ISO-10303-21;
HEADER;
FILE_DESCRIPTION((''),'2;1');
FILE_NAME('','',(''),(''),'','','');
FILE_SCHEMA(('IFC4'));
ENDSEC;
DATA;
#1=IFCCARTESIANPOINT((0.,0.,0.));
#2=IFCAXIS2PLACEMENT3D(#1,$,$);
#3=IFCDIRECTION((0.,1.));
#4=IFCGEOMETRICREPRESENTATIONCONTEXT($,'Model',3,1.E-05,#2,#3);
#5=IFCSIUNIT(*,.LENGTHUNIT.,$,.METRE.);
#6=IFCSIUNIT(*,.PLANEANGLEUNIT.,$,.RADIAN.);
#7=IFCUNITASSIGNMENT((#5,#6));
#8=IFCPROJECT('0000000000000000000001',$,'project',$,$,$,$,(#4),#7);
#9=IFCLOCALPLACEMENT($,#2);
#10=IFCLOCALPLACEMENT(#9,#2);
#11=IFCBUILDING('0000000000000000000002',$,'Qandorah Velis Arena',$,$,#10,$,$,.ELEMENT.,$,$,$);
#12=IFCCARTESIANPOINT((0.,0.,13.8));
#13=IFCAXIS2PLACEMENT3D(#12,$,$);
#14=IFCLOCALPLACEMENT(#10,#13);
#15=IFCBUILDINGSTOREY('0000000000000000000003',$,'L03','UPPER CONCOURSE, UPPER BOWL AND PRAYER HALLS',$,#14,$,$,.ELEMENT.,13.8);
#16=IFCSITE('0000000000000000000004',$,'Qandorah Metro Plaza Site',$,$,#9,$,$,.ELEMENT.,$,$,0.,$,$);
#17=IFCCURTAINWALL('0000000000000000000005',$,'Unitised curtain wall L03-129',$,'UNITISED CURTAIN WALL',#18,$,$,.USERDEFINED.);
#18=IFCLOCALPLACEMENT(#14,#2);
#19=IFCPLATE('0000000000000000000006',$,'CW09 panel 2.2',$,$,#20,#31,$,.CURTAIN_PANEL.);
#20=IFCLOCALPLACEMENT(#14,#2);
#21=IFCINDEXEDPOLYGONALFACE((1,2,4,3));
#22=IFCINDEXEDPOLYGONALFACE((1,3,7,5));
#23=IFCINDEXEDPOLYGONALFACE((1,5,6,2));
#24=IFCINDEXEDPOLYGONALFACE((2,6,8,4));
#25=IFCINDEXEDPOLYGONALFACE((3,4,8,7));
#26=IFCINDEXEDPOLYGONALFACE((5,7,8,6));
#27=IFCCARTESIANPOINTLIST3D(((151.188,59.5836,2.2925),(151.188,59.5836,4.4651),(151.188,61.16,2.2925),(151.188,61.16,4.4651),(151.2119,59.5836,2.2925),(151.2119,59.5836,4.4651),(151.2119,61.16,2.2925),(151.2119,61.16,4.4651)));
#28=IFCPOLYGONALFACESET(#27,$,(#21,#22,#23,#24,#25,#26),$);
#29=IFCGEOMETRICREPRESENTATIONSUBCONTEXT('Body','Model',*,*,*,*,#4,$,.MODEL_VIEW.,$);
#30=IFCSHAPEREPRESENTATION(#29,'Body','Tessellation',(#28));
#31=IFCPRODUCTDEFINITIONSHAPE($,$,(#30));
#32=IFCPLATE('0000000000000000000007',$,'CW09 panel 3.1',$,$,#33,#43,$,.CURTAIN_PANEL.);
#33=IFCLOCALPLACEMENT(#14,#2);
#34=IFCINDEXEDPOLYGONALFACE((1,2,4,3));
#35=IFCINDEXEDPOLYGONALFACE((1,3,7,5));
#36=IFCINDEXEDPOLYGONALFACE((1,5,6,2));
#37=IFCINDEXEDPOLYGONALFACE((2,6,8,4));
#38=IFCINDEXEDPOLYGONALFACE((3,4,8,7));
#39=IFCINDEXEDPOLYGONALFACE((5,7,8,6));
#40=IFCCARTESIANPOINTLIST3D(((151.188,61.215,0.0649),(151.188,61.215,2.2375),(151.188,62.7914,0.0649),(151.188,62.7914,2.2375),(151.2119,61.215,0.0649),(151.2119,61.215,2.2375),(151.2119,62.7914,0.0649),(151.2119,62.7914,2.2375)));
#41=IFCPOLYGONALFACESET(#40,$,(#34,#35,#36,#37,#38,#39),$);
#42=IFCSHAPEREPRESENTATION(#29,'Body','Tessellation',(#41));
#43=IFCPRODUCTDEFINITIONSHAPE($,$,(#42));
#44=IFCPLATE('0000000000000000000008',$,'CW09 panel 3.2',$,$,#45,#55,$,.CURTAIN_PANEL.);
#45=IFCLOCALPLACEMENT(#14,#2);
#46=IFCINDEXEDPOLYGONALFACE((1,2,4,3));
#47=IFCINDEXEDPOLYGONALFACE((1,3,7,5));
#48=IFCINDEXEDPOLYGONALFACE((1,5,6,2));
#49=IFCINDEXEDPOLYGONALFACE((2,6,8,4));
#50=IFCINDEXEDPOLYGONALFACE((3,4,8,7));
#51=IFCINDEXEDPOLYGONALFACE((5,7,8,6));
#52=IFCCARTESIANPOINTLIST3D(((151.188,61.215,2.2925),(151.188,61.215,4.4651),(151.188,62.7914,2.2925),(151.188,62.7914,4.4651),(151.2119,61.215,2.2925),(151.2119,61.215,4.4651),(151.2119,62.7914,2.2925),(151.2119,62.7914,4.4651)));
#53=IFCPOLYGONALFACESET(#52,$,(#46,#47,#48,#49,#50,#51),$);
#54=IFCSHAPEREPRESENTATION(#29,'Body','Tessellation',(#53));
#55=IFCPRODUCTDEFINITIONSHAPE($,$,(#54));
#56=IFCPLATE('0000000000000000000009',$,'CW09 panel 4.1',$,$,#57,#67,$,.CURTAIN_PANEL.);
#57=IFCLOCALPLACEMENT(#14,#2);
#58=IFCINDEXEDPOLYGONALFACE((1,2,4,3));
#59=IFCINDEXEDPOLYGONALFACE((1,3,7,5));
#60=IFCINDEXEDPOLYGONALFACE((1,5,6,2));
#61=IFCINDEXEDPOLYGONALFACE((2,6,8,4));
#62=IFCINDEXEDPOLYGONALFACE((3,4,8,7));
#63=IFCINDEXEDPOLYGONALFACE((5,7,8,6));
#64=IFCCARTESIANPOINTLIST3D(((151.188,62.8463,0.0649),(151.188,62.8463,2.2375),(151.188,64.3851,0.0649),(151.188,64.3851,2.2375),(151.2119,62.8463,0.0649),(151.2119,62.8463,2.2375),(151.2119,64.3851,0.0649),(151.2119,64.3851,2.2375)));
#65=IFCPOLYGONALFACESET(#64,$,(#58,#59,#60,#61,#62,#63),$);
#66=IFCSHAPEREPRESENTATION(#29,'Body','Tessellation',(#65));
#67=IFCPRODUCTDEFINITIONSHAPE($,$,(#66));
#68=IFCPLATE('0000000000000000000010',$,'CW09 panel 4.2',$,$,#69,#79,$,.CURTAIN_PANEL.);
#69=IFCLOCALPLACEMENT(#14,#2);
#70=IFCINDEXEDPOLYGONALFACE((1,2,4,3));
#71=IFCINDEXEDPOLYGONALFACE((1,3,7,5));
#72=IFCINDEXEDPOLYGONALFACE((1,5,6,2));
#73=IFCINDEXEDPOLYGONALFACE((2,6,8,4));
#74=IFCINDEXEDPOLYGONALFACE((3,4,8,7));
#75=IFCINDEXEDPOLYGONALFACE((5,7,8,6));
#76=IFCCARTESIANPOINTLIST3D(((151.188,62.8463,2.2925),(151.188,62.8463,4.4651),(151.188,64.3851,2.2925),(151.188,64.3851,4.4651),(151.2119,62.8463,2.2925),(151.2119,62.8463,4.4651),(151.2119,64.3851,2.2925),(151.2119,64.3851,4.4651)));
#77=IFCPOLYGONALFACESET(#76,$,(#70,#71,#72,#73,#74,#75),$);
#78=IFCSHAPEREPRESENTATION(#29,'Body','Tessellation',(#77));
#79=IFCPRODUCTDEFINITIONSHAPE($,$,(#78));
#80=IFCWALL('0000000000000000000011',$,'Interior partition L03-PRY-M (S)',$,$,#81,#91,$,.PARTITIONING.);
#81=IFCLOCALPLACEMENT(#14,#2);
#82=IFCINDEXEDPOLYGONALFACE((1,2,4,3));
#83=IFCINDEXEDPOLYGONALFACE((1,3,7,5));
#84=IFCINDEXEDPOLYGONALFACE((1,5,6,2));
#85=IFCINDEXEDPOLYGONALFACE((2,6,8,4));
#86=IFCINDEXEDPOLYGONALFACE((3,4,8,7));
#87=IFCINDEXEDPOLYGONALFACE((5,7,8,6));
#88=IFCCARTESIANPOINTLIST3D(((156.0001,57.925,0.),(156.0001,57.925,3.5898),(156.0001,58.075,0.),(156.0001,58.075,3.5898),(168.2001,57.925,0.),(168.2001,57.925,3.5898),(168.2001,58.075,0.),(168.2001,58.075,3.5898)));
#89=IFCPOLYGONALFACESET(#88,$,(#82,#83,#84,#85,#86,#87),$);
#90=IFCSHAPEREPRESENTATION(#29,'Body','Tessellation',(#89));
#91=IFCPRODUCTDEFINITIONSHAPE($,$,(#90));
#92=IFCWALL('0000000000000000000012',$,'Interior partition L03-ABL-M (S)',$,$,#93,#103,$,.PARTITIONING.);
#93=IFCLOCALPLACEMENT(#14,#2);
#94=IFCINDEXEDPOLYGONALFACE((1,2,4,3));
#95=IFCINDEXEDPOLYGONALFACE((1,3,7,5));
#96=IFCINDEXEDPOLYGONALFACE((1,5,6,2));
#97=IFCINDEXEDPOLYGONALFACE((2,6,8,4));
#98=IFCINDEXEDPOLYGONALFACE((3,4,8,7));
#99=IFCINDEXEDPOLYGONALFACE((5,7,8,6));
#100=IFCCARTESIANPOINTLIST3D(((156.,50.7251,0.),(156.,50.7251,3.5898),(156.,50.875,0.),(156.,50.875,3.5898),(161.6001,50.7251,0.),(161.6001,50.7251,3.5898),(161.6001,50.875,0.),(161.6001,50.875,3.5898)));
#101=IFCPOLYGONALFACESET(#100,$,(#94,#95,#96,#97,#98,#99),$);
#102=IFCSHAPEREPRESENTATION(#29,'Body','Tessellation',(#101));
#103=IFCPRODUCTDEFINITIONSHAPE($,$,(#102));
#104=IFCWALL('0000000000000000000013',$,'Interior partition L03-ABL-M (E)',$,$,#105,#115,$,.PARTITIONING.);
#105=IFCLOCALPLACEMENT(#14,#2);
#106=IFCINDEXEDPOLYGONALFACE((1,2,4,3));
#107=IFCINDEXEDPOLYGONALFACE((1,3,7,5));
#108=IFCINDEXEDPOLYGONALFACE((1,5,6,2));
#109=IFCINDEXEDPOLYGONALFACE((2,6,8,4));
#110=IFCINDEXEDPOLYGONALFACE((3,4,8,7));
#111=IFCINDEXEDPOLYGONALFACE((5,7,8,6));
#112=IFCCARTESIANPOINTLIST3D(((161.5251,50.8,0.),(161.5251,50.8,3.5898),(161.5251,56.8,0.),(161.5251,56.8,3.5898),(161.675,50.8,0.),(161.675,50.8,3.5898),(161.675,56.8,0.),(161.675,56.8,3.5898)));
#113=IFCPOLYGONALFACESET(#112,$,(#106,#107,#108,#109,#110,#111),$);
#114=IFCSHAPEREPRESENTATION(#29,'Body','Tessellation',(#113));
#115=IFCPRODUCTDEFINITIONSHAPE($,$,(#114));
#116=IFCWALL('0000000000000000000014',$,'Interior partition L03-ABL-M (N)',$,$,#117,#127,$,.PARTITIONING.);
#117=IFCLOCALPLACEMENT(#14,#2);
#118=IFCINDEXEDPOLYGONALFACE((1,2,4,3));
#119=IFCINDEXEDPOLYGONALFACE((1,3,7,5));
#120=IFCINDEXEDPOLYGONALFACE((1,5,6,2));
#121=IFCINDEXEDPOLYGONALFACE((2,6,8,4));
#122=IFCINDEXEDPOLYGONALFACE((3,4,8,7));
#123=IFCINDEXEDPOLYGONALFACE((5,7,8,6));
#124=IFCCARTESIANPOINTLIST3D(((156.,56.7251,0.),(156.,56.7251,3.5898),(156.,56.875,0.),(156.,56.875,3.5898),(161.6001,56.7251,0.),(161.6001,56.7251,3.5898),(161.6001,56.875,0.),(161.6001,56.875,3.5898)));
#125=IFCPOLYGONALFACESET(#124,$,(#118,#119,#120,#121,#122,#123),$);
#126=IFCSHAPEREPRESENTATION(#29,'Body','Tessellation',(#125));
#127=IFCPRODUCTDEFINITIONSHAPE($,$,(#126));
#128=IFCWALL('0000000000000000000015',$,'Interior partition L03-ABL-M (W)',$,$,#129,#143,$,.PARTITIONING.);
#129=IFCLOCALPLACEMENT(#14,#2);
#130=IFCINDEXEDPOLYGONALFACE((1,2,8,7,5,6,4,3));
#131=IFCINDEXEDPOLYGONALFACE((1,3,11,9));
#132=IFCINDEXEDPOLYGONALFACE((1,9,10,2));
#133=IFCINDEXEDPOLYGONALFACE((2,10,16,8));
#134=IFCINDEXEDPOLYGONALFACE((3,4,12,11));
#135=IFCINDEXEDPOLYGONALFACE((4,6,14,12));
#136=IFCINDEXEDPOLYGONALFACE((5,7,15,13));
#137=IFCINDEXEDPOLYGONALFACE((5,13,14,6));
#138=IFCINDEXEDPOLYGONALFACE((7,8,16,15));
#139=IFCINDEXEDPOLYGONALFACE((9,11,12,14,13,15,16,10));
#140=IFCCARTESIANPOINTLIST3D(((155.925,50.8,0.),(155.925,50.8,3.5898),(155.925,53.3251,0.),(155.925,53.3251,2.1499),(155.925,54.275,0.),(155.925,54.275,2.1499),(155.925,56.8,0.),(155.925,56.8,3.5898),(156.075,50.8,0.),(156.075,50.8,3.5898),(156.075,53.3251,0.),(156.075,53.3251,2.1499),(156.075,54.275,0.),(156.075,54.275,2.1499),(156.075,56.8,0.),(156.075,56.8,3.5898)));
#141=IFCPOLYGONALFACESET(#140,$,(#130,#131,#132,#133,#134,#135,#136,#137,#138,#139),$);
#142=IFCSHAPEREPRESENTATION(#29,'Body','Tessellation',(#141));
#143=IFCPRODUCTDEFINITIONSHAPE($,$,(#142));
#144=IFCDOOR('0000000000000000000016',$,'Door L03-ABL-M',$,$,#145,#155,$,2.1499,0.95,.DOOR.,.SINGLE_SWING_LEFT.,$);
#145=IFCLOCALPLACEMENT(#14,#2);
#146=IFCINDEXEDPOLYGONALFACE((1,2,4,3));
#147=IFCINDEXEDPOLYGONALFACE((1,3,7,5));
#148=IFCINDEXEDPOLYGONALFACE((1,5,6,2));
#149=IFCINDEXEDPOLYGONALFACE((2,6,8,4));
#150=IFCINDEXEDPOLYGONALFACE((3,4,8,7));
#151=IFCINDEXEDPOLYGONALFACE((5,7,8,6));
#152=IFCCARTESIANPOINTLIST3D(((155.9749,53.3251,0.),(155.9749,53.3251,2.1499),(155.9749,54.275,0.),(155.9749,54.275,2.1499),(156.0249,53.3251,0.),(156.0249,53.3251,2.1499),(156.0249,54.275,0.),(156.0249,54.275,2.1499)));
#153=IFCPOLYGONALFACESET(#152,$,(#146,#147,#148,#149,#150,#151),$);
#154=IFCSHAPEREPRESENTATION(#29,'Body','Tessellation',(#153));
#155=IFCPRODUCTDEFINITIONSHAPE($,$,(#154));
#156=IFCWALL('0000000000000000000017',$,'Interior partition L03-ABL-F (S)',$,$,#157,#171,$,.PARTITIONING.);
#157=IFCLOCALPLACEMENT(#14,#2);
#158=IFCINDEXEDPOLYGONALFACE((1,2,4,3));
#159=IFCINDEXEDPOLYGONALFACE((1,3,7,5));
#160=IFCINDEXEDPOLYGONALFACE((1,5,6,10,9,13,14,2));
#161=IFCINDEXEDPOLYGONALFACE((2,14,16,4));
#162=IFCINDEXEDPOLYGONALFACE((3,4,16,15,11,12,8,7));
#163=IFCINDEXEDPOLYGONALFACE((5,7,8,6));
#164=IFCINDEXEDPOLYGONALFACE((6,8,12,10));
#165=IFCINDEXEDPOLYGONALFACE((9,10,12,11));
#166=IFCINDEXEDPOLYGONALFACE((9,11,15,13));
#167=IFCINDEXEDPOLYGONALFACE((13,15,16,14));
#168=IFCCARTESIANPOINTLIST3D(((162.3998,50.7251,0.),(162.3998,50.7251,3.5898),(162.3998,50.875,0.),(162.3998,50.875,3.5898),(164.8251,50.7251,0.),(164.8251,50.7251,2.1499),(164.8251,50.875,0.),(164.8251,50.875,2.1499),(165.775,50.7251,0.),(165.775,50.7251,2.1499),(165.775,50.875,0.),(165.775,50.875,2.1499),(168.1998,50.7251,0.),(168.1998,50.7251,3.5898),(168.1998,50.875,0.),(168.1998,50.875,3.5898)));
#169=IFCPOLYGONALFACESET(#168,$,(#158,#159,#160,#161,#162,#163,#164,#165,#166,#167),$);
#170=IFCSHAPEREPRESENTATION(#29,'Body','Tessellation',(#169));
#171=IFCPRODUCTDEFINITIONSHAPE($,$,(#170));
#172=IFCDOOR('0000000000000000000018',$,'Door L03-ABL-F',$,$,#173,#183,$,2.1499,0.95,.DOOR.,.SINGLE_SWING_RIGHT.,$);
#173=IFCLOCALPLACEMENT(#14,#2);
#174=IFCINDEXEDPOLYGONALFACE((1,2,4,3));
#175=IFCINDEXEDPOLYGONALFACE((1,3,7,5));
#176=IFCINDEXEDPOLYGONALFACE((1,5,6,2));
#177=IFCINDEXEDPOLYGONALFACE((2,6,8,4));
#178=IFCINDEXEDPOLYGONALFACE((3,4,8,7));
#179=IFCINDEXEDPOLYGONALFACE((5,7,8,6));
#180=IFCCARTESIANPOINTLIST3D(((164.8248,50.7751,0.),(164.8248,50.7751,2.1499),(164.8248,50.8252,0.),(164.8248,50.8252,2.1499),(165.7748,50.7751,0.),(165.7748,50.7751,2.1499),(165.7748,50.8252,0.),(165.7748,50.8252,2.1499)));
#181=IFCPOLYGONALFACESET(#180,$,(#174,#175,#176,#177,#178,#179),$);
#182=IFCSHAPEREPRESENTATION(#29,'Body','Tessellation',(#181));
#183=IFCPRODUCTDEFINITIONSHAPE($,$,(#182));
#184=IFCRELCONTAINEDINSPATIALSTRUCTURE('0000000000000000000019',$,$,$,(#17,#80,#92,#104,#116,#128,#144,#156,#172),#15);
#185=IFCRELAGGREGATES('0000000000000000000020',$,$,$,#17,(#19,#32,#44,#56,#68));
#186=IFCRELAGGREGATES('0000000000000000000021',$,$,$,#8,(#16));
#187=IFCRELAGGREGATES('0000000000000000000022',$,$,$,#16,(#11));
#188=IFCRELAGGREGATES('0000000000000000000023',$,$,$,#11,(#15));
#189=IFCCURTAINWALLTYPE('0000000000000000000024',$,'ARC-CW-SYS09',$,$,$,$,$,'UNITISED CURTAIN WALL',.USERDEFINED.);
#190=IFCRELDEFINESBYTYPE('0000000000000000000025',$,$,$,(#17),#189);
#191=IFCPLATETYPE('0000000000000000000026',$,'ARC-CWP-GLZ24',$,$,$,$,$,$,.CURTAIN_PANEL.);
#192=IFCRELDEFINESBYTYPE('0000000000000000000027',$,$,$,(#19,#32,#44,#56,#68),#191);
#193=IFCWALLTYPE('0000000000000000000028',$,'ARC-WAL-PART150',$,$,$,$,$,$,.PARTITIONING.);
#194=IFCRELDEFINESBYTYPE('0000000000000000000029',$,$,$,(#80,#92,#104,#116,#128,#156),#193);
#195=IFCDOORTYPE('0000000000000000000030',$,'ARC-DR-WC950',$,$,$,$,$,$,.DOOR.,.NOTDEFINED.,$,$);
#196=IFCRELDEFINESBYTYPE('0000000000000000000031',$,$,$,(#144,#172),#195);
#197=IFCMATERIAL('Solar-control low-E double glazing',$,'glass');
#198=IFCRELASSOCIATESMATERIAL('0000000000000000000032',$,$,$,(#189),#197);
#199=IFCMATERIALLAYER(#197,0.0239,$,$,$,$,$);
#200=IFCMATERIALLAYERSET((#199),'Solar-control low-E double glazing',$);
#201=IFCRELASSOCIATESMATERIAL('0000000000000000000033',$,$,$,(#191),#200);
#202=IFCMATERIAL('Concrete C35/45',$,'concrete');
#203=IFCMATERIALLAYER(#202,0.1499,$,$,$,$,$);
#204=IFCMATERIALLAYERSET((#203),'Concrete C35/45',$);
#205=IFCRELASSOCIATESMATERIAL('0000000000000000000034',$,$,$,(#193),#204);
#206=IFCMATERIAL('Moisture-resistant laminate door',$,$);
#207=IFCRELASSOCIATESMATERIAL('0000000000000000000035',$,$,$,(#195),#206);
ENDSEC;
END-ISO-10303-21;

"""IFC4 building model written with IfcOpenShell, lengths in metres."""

from ifc_helpers import new_model, si_unit, direction, frame, frame_2d, origin, origin_2d, place, context, subcontext, project, spatial, rectangle, extrude, material, layer, layer_set, type_object, element, fill, aggregate, save


model = new_model("IFC4")

# Units and contexts
model_context = context("Model", 3, precision=1e-05, world=origin(), true_north=direction((0.0, 1.0)))
body_context = subcontext(model_context, "Body", "Model", "MODEL_VIEW")
ifc_project = project(units=[si_unit("LENGTHUNIT", "METRE"), si_unit("PLANEANGLEUNIT", "RADIAN")], contexts=[model_context])

# Site, building, storey
site_placement = place(None, origin())
site = spatial("IfcSite", under=ifc_project, at=site_placement, Name="Qandorah Metro Plaza Site", CompositionType="ELEMENT", RefElevation=0.0)
building_placement = place(site_placement, origin())
building = spatial("IfcBuilding", under=site, at=building_placement, Name="Qandorah Velis Arena", CompositionType="ELEMENT")
storey_placement = place(building_placement, frame((0.0, 0.0, 13.8)))
storey = spatial("IfcBuildingStorey", under=building, at=storey_placement, Name="L03", Description="UPPER CONCOURSE, UPPER BOWL AND PRAYER HALLS", CompositionType="ELEMENT", Elevation=13.8)

# Curtain wall
ifc_material_1 = material(Name="Solar-control low-E double glazing", Category="glass")
curtain_wall_type = type_object("IfcCurtainWallType", Name="ARC-CW-SYS09", ElementType="UNITISED CURTAIN WALL", PredefinedType="USERDEFINED", material=ifc_material_1)
curtain_wall_placement = place(storey_placement, origin())
curtain_wall = element("IfcCurtainWall", 1, at=curtain_wall_placement, inside=storey, type_object=curtain_wall_type, Name="Unitised curtain wall L03-129", ObjectType="UNITISED CURTAIN WALL", PredefinedType="USERDEFINED")

# Plates
ifc_layer_1 = layer(ifc_material_1, 0.0239)
ifc_layer_set_1 = layer_set([ifc_layer_1], Name="Solar-control low-E double glazing")
plate_type = type_object("IfcPlateType", Name="ARC-CWP-GLZ24", PredefinedType="CURTAIN_PANEL", material=ifc_layer_set_1)
plate_1_placement = place(storey_placement, frame((151.2, 60.3718, 2.2925), z_axis=(0.0, 0.0, 1.0), x_axis=(0.0, 1.0, 0.0)))
plate_1 = element("IfcPlate", 2, at=plate_1_placement, type_object=plate_type, Name="CW09 panel 2.2", PredefinedType="CURTAIN_PANEL", context=body_context, shape_type="SweptSolid", body=[
    extrude(rectangle(XDim=1.5764, YDim=0.0239, at=origin_2d()), origin(), (0.0, 0.0, 1.0), 2.1726),
])
plate_2_placement = place(storey_placement, frame((151.2, 62.0032, 0.0649), z_axis=(0.0, 0.0, 1.0), x_axis=(0.0, 1.0, 0.0)))
plate_2 = element("IfcPlate", 3, at=plate_2_placement, type_object=plate_type, Name="CW09 panel 3.1", PredefinedType="CURTAIN_PANEL", context=body_context, shape_type="SweptSolid", body=[
    extrude(rectangle(XDim=1.5764, YDim=0.0239, at=origin_2d()), origin(), (0.0, 0.0, 1.0), 2.1726),
])
plate_3_placement = place(storey_placement, frame((151.2, 62.0032, 2.2925), z_axis=(0.0, 0.0, 1.0), x_axis=(0.0, 1.0, 0.0)))
plate_3 = element("IfcPlate", 4, at=plate_3_placement, type_object=plate_type, Name="CW09 panel 3.2", PredefinedType="CURTAIN_PANEL", context=body_context, shape_type="SweptSolid", body=[
    extrude(rectangle(XDim=1.5764, YDim=0.0239, at=origin_2d()), origin(), (0.0, 0.0, 1.0), 2.1726),
])
plate_4_placement = place(storey_placement, frame((151.2, 63.6157, 0.0649), z_axis=(0.0, 0.0, 1.0), x_axis=(0.0, 1.0, 0.0)))
plate_4 = element("IfcPlate", 5, at=plate_4_placement, type_object=plate_type, Name="CW09 panel 4.1", PredefinedType="CURTAIN_PANEL", context=body_context, shape_type="SweptSolid", body=[
    extrude(rectangle(XDim=1.5388, YDim=0.0239, at=origin_2d()), origin(), (0.0, 0.0, 1.0), 2.1726),
])
plate_5_placement = place(storey_placement, frame((151.2, 63.6157, 2.2925), z_axis=(0.0, 0.0, 1.0), x_axis=(0.0, 1.0, 0.0)))
plate_5 = element("IfcPlate", 6, at=plate_5_placement, type_object=plate_type, Name="CW09 panel 4.2", PredefinedType="CURTAIN_PANEL", context=body_context, shape_type="SweptSolid", body=[
    extrude(rectangle(XDim=1.5388, YDim=0.0239, at=origin_2d()), origin(), (0.0, 0.0, 1.0), 2.1726),
])
aggregate(curtain_wall, [plate_1, plate_2, plate_3, plate_4, plate_5])

# Walls
ifc_material_2 = material(Name="Concrete C35/45", Category="concrete")
ifc_layer_2 = layer(ifc_material_2, 0.1499)
ifc_layer_set_2 = layer_set([ifc_layer_2], Name="Concrete C35/45")
wall_type = type_object("IfcWallType", Name="ARC-WAL-PART150", PredefinedType="PARTITIONING", material=ifc_layer_set_2)
wall_1_placement = place(storey_placement, frame((156.0, 58.0, 0.0), z_axis=(0.0, 0.0, 1.0), x_axis=(1.0, 0.0, 0.0)))
element("IfcWall", 7, at=wall_1_placement, inside=storey, type_object=wall_type, Name="Interior partition L03-PRY-M (S)", PredefinedType="PARTITIONING", context=body_context, shape_type="SweptSolid", body=[
    extrude(rectangle(XDim=12.2, YDim=0.1499, at=frame_2d((6.1001, 0.0))), origin(), (0.0, 0.0, 1.0), 3.5898),
])
wall_2_placement = place(storey_placement, frame((156.0, 50.8, 0.0), z_axis=(0.0, 0.0, 1.0), x_axis=(1.0, 0.0, 0.0)))
element("IfcWall", 8, at=wall_2_placement, inside=storey, type_object=wall_type, Name="Interior partition L03-ABL-M (S)", PredefinedType="PARTITIONING", context=body_context, shape_type="SweptSolid", body=[
    extrude(rectangle(XDim=5.6001, YDim=0.1499, at=frame_2d((2.8, 0.0))), origin(), (0.0, 0.0, 1.0), 3.5898),
])
wall_3_placement = place(storey_placement, frame((161.6001, 50.8, 0.0), z_axis=(0.0, 0.0, 1.0), x_axis=(0.0, 1.0, 0.0)))
element("IfcWall", 9, at=wall_3_placement, inside=storey, type_object=wall_type, Name="Interior partition L03-ABL-M (E)", PredefinedType="PARTITIONING", context=body_context, shape_type="SweptSolid", body=[
    extrude(rectangle(XDim=6.0, YDim=0.1499, at=frame_2d((3.0, 0.0))), origin(), (0.0, 0.0, 1.0), 3.5898),
])
wall_4_placement = place(storey_placement, frame((161.6001, 56.8, 0.0), z_axis=(0.0, 0.0, 1.0), x_axis=(-1.0, 0.0, 0.0)))
element("IfcWall", 10, at=wall_4_placement, inside=storey, type_object=wall_type, Name="Interior partition L03-ABL-M (N)", PredefinedType="PARTITIONING", context=body_context, shape_type="SweptSolid", body=[
    extrude(rectangle(XDim=5.6001, YDim=0.1499, at=frame_2d((2.8, 0.0))), origin(), (0.0, 0.0, 1.0), 3.5898),
])

# Walls, openings, doors
wall_5_placement = place(storey_placement, frame((156.0, 56.8, 0.0), z_axis=(0.0, 0.0, 1.0), x_axis=(0.0, -1.0, 0.0)))
wall_5 = element("IfcWall", 11, at=wall_5_placement, inside=storey, type_object=wall_type, Name="Interior partition L03-ABL-M (W)", PredefinedType="PARTITIONING", context=body_context, shape_type="SweptSolid", body=[
    extrude(rectangle(XDim=6.0, YDim=0.1499, at=frame_2d((3.0, 0.0))), origin(), (0.0, 0.0, 1.0), 3.5898),
])
opening_1_placement = place(wall_5_placement, frame((2.5249, 0.0, 0.0)))
opening_1 = element("IfcOpeningElement", 12, at=opening_1_placement, cuts=wall_5, PredefinedType="OPENING", context=body_context, shape_type="SweptSolid", body=[
    extrude(rectangle(XDim=0.95, YDim=2.1499, at=frame_2d((0.4751, 1.075))), frame((0.0, 0.085, 0.0), z_axis=(0.0, -1.0, 0.0), x_axis=(1.0, 0.0, 0.0)), (0.0, 0.0, 1.0), 0.1699),
])
ifc_material_3 = material(Name="Moisture-resistant laminate door")
door_type = type_object("IfcDoorType", Name="ARC-DR-WC950", OperationType="NOTDEFINED", PredefinedType="DOOR", material=ifc_material_3)
door_1_placement = place(opening_1_placement, origin())
door_1 = element("IfcDoor", 13, at=door_1_placement, inside=storey, type_object=door_type, Name="Door L03-ABL-M", OperationType="SINGLE_SWING_LEFT", OverallHeight=2.1499, OverallWidth=0.95, PredefinedType="DOOR", context=body_context, shape_type="SweptSolid", body=[
    extrude(rectangle(XDim=0.95, YDim=2.1499, at=frame_2d((0.4751, 1.075))), frame((0.0, 0.0249, 0.0), z_axis=(0.0, -1.0, 0.0), x_axis=(1.0, 0.0, 0.0)), (0.0, 0.0, 1.0), 0.05),
])
fill(opening_1, door_1)
wall_6_placement = place(storey_placement, frame((162.3999, 50.8, 0.0), z_axis=(0.0, 0.0, 1.0), x_axis=(1.0, 0.0, 0.0)))
wall_6 = element("IfcWall", 14, at=wall_6_placement, inside=storey, type_object=wall_type, Name="Interior partition L03-ABL-F (S)", PredefinedType="PARTITIONING", context=body_context, shape_type="SweptSolid", body=[
    extrude(rectangle(XDim=5.8, YDim=0.1499, at=frame_2d((2.8999, 0.0))), origin(), (0.0, 0.0, 1.0), 3.5898),
])
opening_2_placement = place(wall_6_placement, frame((2.425, 0.0, 0.0)))
opening_2 = element("IfcOpeningElement", 15, at=opening_2_placement, cuts=wall_6, PredefinedType="OPENING", context=body_context, shape_type="SweptSolid", body=[
    extrude(rectangle(XDim=0.95, YDim=2.1499, at=frame_2d((0.4751, 1.075))), frame((0.0, 0.085, 0.0), z_axis=(0.0, -1.0, 0.0), x_axis=(1.0, 0.0, 0.0)), (0.0, 0.0, 1.0), 0.1699),
])
door_2_placement = place(opening_2_placement, frame((0.95, 0.0, 0.0), z_axis=(0.0, 0.0, 1.0), x_axis=(-1.0, 0.0, 0.0)))
door_2 = element("IfcDoor", 16, at=door_2_placement, inside=storey, type_object=door_type, Name="Door L03-ABL-F", OperationType="SINGLE_SWING_RIGHT", OverallHeight=2.1499, OverallWidth=0.95, PredefinedType="DOOR", context=body_context, shape_type="SweptSolid", body=[
    extrude(rectangle(XDim=0.95, YDim=2.1499, at=frame_2d((0.4751, 1.075))), frame((0.0, 0.0249, 0.0), z_axis=(0.0, -1.0, 0.0), x_axis=(1.0, 0.0, 0.0)), (0.0, 0.0, 1.0), 0.05),
])
fill(opening_2, door_2)

save(model, "model.ifc")
